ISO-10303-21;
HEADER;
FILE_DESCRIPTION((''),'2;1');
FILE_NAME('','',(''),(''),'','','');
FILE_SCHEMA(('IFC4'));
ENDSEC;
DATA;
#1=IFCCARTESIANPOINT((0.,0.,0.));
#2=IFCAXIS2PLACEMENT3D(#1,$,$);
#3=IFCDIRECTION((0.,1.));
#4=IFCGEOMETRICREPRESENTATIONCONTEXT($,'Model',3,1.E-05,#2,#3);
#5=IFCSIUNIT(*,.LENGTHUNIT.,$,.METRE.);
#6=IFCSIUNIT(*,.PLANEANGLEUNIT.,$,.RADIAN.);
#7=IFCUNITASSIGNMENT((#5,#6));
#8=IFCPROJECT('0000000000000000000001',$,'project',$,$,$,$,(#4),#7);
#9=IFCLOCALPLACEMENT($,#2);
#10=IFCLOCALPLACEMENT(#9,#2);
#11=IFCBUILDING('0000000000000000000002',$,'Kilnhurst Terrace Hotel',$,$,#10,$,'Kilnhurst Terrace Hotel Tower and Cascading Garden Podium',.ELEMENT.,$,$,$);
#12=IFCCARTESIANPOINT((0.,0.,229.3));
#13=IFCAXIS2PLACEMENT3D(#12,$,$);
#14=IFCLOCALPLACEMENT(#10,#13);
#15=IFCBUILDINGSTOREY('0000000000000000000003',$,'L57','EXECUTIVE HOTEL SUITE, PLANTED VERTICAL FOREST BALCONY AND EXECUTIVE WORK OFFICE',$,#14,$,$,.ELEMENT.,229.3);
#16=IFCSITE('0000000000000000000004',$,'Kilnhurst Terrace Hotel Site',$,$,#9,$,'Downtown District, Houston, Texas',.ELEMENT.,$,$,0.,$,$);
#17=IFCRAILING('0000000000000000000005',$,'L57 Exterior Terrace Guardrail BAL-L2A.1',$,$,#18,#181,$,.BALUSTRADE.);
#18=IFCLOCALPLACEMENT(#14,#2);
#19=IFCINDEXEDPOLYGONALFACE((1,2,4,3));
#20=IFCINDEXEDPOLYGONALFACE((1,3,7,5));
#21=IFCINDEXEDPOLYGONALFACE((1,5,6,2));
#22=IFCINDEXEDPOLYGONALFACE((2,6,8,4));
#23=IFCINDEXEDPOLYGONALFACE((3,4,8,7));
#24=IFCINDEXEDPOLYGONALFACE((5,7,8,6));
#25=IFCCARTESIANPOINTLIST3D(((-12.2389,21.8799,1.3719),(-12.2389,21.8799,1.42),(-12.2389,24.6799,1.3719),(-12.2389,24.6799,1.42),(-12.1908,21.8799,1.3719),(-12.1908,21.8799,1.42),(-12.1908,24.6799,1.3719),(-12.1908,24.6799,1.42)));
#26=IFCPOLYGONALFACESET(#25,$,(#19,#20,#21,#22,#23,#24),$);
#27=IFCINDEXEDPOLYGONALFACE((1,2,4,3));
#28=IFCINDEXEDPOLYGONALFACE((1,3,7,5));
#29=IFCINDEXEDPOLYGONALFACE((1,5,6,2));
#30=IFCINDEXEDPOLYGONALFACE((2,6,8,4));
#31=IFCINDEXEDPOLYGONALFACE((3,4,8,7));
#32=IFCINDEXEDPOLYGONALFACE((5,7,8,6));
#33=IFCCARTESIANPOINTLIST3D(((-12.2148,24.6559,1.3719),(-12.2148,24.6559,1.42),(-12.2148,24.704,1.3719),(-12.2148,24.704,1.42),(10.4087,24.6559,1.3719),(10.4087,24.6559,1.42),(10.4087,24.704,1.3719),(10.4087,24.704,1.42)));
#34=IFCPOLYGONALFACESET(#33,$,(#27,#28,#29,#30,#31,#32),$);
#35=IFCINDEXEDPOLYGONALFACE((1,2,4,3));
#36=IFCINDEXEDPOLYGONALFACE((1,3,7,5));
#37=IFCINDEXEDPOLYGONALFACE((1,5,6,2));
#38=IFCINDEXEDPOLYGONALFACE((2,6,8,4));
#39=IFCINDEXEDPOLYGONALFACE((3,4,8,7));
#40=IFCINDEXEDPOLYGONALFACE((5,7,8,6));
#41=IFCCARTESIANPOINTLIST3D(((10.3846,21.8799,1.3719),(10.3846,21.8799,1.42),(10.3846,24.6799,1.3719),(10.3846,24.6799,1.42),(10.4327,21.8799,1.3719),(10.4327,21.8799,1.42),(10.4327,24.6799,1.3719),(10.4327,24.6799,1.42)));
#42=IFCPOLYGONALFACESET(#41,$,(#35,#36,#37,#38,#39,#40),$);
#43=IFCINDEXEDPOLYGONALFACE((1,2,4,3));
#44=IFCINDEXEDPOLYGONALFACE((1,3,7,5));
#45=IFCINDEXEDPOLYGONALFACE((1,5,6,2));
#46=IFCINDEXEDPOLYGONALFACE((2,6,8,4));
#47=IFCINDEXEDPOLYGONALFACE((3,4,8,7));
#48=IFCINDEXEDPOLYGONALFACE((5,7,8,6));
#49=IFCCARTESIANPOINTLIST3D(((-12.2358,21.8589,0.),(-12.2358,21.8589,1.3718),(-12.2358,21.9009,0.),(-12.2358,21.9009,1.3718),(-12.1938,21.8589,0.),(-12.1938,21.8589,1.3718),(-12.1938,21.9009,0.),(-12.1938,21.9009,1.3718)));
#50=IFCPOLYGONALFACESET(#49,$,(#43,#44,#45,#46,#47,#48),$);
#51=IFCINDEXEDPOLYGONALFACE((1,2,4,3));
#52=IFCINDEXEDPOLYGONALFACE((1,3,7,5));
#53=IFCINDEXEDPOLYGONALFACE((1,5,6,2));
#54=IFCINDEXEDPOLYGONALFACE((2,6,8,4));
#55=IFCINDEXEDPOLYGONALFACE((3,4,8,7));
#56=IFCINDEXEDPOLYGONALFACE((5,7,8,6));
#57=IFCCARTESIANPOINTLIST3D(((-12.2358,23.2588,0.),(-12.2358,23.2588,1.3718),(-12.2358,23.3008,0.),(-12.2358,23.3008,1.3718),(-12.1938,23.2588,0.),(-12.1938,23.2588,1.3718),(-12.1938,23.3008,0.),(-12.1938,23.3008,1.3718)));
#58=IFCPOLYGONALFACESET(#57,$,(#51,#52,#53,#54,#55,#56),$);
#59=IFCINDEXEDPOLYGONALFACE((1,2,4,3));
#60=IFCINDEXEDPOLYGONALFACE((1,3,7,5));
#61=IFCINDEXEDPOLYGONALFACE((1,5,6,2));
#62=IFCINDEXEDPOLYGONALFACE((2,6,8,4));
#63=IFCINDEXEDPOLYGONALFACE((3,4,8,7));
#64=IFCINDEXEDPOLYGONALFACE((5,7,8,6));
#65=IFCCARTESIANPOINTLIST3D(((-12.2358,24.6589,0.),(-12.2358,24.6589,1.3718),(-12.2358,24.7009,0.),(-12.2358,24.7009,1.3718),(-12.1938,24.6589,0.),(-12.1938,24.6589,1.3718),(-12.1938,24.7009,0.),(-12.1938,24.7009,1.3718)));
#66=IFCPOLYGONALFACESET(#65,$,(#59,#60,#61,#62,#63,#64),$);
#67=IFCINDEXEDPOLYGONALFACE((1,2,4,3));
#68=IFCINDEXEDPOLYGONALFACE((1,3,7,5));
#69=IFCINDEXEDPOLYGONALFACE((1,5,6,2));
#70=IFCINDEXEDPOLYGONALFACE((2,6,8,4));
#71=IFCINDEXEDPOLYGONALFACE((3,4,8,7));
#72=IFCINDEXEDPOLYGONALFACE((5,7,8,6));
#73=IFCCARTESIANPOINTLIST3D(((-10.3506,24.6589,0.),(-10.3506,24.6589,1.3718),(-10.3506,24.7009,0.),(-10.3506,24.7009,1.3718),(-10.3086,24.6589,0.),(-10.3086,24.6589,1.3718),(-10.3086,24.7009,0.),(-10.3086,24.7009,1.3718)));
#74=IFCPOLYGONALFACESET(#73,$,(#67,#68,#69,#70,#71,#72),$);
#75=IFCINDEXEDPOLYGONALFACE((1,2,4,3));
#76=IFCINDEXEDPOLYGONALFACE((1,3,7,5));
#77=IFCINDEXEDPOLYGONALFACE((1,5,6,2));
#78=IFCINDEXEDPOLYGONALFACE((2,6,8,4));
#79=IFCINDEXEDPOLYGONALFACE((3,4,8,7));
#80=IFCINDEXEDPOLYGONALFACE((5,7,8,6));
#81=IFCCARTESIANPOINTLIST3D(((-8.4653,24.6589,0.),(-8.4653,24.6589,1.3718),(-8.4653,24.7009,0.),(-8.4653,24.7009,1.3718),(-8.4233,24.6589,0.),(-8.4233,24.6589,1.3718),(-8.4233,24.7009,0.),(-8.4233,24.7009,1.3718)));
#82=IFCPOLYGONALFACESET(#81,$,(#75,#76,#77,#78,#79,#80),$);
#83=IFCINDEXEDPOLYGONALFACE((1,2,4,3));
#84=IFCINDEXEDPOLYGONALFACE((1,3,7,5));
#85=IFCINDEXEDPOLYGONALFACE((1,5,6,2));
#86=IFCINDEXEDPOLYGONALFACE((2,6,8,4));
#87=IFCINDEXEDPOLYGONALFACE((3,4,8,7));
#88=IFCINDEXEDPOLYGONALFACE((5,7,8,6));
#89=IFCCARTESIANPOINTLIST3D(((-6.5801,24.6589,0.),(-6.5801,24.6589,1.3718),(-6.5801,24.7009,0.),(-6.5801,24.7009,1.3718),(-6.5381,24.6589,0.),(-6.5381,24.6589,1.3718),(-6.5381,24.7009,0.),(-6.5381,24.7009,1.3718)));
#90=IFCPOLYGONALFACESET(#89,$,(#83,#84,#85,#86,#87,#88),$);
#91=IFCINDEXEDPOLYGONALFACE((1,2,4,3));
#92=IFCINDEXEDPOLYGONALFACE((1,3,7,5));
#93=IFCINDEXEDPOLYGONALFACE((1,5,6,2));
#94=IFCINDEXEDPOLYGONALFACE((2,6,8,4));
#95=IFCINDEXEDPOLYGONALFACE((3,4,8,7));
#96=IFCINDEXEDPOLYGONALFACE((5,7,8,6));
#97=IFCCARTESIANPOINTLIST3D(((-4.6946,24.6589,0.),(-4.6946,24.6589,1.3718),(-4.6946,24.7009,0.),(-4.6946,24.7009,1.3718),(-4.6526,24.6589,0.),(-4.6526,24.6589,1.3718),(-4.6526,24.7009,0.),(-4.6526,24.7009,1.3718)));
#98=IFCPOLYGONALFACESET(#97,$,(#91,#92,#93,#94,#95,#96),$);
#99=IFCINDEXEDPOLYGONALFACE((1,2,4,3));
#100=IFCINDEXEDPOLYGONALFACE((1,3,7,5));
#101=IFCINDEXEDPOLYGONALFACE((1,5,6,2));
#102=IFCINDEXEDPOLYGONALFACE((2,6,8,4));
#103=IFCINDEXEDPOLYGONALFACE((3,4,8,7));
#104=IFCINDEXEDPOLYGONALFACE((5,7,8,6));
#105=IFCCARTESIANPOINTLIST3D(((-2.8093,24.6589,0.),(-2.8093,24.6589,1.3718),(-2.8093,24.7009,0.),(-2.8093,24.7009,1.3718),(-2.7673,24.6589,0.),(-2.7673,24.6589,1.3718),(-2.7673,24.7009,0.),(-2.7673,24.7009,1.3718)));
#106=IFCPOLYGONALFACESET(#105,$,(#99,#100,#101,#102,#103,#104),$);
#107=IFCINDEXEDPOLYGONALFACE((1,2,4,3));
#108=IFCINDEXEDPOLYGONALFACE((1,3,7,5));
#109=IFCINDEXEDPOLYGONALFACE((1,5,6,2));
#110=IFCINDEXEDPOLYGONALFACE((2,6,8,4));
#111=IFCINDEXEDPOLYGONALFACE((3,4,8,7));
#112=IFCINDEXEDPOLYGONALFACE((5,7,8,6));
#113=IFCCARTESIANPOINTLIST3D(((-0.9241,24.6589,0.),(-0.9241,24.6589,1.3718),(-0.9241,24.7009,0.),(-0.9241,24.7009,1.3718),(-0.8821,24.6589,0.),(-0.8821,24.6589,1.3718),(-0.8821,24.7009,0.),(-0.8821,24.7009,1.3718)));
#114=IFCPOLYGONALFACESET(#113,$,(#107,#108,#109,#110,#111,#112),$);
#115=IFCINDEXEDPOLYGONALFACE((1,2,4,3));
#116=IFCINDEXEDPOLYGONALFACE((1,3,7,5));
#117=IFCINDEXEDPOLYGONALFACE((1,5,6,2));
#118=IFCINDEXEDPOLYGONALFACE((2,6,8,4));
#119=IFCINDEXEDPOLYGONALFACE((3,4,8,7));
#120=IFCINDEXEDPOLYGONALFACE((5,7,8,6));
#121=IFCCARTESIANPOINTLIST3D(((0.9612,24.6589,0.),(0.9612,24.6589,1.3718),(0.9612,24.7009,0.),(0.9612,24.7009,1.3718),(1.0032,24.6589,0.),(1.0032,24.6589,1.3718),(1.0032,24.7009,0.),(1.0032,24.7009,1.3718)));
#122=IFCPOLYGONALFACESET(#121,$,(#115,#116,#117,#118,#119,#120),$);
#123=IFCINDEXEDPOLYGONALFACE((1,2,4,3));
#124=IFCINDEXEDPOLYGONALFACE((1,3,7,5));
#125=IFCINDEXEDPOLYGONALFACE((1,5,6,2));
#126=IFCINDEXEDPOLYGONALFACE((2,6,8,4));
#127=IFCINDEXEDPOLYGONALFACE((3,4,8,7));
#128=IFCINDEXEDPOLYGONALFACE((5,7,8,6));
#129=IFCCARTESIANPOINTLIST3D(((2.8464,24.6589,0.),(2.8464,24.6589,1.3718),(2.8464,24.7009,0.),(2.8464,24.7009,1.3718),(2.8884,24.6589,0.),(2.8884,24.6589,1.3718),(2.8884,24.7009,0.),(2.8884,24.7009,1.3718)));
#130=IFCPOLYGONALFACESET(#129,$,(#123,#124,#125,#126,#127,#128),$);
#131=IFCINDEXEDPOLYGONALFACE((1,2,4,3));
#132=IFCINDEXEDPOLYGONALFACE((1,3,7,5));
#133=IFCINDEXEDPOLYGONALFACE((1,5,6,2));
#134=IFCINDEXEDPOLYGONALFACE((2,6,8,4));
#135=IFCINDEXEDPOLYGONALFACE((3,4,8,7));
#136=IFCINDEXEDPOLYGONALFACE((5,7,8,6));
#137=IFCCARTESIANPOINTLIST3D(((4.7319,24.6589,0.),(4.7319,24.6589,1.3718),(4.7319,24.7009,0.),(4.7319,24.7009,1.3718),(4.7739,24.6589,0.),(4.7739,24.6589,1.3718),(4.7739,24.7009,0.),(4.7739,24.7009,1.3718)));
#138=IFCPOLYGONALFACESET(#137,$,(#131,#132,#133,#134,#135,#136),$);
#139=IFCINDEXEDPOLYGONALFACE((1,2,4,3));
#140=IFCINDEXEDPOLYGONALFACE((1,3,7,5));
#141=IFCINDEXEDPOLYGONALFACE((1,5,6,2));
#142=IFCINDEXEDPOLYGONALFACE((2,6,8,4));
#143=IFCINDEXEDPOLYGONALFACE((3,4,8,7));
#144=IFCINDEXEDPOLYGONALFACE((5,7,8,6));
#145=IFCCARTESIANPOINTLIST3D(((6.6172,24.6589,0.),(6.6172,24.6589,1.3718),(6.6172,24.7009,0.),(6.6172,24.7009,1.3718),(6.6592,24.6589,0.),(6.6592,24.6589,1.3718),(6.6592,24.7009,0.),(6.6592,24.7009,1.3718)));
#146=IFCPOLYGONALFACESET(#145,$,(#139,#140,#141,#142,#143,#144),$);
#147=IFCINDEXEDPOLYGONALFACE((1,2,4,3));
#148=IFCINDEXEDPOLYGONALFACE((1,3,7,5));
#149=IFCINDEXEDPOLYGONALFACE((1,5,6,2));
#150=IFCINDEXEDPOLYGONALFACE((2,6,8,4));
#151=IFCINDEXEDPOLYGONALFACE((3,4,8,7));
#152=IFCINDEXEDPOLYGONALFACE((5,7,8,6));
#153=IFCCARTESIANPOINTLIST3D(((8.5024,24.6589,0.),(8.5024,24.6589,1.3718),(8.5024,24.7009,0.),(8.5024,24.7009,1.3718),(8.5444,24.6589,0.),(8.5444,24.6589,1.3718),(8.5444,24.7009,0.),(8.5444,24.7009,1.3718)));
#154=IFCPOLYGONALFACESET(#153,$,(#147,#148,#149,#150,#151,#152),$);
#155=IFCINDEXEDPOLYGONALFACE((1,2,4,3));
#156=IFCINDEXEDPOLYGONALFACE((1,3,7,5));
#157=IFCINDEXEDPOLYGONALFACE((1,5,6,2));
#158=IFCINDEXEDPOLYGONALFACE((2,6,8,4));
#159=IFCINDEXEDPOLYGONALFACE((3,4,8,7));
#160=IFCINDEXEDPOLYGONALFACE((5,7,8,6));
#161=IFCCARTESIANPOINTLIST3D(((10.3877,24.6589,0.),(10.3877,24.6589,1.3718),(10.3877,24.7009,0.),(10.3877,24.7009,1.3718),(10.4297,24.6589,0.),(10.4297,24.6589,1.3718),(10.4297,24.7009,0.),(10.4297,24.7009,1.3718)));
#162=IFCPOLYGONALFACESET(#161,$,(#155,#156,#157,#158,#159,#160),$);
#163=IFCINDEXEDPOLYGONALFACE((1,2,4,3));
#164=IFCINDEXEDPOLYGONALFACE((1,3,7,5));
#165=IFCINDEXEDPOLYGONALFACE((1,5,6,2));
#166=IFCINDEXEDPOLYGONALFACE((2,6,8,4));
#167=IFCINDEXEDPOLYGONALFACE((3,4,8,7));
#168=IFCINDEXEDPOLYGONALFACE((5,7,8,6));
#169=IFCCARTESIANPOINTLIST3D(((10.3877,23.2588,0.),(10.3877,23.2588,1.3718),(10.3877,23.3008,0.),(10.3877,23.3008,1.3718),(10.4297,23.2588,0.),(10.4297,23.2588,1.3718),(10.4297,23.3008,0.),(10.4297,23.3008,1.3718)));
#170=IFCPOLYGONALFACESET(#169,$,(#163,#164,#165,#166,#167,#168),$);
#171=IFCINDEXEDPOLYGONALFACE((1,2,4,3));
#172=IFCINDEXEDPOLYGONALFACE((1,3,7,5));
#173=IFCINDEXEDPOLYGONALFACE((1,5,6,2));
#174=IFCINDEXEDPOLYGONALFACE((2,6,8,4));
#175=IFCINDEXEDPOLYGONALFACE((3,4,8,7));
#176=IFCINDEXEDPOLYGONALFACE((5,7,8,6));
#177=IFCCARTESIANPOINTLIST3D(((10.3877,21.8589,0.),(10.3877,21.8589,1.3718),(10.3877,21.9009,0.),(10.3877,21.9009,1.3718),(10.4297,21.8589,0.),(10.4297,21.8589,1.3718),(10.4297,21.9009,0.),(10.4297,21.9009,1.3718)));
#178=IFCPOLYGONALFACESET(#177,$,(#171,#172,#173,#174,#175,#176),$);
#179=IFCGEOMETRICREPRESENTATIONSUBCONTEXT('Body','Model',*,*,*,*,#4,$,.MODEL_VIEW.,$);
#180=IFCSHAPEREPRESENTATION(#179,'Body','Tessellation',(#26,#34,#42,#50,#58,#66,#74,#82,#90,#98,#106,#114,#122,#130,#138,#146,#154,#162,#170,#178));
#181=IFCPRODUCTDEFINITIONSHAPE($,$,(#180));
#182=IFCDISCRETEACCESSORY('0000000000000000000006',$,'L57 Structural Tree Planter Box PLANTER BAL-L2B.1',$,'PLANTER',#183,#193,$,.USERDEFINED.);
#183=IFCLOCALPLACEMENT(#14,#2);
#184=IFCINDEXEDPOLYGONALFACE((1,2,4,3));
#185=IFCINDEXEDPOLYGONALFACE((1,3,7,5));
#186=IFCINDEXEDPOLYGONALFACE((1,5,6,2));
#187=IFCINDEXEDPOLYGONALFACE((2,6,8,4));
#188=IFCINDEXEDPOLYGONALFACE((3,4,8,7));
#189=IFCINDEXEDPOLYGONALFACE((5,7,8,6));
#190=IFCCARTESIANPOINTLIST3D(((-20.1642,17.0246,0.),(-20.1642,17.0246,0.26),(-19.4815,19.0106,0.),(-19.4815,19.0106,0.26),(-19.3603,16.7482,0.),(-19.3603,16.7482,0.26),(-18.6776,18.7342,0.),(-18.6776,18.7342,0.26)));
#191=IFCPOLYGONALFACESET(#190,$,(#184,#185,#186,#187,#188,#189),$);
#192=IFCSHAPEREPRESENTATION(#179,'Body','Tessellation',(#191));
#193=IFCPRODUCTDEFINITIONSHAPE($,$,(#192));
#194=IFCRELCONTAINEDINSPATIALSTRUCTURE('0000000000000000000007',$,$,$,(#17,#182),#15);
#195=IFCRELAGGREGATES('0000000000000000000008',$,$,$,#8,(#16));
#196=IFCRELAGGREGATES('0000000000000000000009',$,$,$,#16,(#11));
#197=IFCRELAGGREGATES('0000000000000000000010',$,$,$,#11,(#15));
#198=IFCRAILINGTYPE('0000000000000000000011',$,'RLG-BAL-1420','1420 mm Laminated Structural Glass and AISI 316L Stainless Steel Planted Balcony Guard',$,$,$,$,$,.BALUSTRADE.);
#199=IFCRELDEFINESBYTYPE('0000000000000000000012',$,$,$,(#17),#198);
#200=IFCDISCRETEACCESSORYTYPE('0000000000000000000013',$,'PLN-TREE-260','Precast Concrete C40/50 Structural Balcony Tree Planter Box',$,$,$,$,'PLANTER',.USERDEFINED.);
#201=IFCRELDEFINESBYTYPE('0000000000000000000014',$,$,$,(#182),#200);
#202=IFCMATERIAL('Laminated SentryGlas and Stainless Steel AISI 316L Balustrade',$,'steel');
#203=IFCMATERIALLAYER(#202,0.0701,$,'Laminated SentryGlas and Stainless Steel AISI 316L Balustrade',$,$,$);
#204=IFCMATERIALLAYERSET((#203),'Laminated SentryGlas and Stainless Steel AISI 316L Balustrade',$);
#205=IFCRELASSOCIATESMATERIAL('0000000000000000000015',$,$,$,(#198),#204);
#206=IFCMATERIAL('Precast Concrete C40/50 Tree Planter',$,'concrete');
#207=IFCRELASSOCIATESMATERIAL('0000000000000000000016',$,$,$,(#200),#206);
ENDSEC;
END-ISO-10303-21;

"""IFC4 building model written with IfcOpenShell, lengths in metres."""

from ifc_helpers import new_model, si_unit, direction, frame, origin, origin_2d, place, context, subcontext, project, spatial, rectangle, extrude, material, layer, layer_set, type_object, element, save


model = new_model("IFC4")

# Units and contexts
model_context = context("Model", 3, precision=1e-05, world=origin(), true_north=direction((0.0, 1.0)))
body_context = subcontext(model_context, "Body", "Model", "MODEL_VIEW")
ifc_project = project(units=[si_unit("LENGTHUNIT", "METRE"), si_unit("PLANEANGLEUNIT", "RADIAN")], contexts=[model_context])

# Site, building, storey
site_placement = place(None, origin())
site = spatial("IfcSite", under=ifc_project, at=site_placement, Name="Kilnhurst Terrace Hotel Site", LongName="Downtown District, Houston, Texas", CompositionType="ELEMENT", RefElevation=0.0)
building_placement = place(site_placement, origin())
building = spatial("IfcBuilding", under=site, at=building_placement, Name="Kilnhurst Terrace Hotel", LongName="Kilnhurst Terrace Hotel Tower and Cascading Garden Podium", CompositionType="ELEMENT")
storey_placement = place(building_placement, frame((0.0, 0.0, 229.3)))
storey = spatial("IfcBuildingStorey", under=building, at=storey_placement, Name="L57", Description="EXECUTIVE HOTEL SUITE, PLANTED VERTICAL FOREST BALCONY AND EXECUTIVE WORK OFFICE", CompositionType="ELEMENT", Elevation=229.3)

# Railing
ifc_material_1 = material(Name="Laminated SentryGlas and Stainless Steel AISI 316L Balustrade", Category="steel")
ifc_layer_1 = layer(ifc_material_1, 0.0701, Name="Laminated SentryGlas and Stainless Steel AISI 316L Balustrade")
ifc_layer_set_1 = layer_set([ifc_layer_1], Name="Laminated SentryGlas and Stainless Steel AISI 316L Balustrade")
railing_type = type_object("IfcRailingType", Name="RLG-BAL-1420", Description="1420 mm Laminated Structural Glass and AISI 316L Stainless Steel Planted Balcony Guard", PredefinedType="BALUSTRADE", material=ifc_layer_set_1)
railing_placement = place(storey_placement, frame((-12.2148, 21.8799, 0.0)))
element("IfcRailing", 1, at=railing_placement, inside=storey, type_object=railing_type, Name="L57 Exterior Terrace Guardrail BAL-L2A.1", PredefinedType="BALUSTRADE", context=body_context, shape_type="SweptSolid", body=[
    extrude(rectangle(XDim=0.0481, YDim=0.0481, at=origin_2d()), frame((0.0, 0.0, 1.396), z_axis=(0.0, 1.0, 0.0), x_axis=(-1.0, 0.0, 0.0)), (0.0, 0.0, 1.0), 2.8),
    extrude(rectangle(XDim=0.0481, YDim=0.0481, at=origin_2d()), frame((0.0, 2.8, 1.396), z_axis=(1.0, 0.0, 0.0), x_axis=(0.0, 1.0, 0.0)), (0.0, 0.0, 1.0), 22.6235),
    extrude(rectangle(XDim=0.0481, YDim=0.0481, at=origin_2d()), frame((22.6235, 2.8, 1.396), z_axis=(0.0, -1.0, 0.0), x_axis=(1.0, 0.0, 0.0)), (0.0, 0.0, 1.0), 2.8),
    extrude(rectangle(XDim=0.042, YDim=0.042, at=origin_2d()), origin(), (0.0, 0.0, 1.0), 1.3718),
    extrude(rectangle(XDim=0.042, YDim=0.042, at=origin_2d()), frame((0.0, 1.3999, 0.0)), (0.0, 0.0, 1.0), 1.3718),
    extrude(rectangle(XDim=0.042, YDim=0.042, at=origin_2d()), frame((0.0, 2.8, 0.0)), (0.0, 0.0, 1.0), 1.3718),
    extrude(rectangle(XDim=0.042, YDim=0.042, at=origin_2d()), frame((1.8853, 2.8, 0.0)), (0.0, 0.0, 1.0), 1.3718),
    extrude(rectangle(XDim=0.042, YDim=0.042, at=origin_2d()), frame((3.7705, 2.8, 0.0)), (0.0, 0.0, 1.0), 1.3718),
    extrude(rectangle(XDim=0.042, YDim=0.042, at=origin_2d()), frame((5.6558, 2.8, 0.0)), (0.0, 0.0, 1.0), 1.3718),
    extrude(rectangle(XDim=0.042, YDim=0.042, at=origin_2d()), frame((7.5413, 2.8, 0.0)), (0.0, 0.0, 1.0), 1.3718),
    extrude(rectangle(XDim=0.042, YDim=0.042, at=origin_2d()), frame((9.4265, 2.8, 0.0)), (0.0, 0.0, 1.0), 1.3718),
    extrude(rectangle(XDim=0.042, YDim=0.042, at=origin_2d()), frame((11.3118, 2.8, 0.0)), (0.0, 0.0, 1.0), 1.3718),
    extrude(rectangle(XDim=0.042, YDim=0.042, at=origin_2d()), frame((13.197, 2.8, 0.0)), (0.0, 0.0, 1.0), 1.3718),
    extrude(rectangle(XDim=0.042, YDim=0.042, at=origin_2d()), frame((15.0823, 2.8, 0.0)), (0.0, 0.0, 1.0), 1.3718),
    extrude(rectangle(XDim=0.042, YDim=0.042, at=origin_2d()), frame((16.9678, 2.8, 0.0)), (0.0, 0.0, 1.0), 1.3718),
    extrude(rectangle(XDim=0.042, YDim=0.042, at=origin_2d()), frame((18.853, 2.8, 0.0)), (0.0, 0.0, 1.0), 1.3718),
    extrude(rectangle(XDim=0.042, YDim=0.042, at=origin_2d()), frame((20.7383, 2.8, 0.0)), (0.0, 0.0, 1.0), 1.3718),
    extrude(rectangle(XDim=0.042, YDim=0.042, at=origin_2d()), frame((22.6235, 2.8, 0.0)), (0.0, 0.0, 1.0), 1.3718),
    extrude(rectangle(XDim=0.042, YDim=0.042, at=origin_2d()), frame((22.6235, 1.3999, 0.0)), (0.0, 0.0, 1.0), 1.3718),
    extrude(rectangle(XDim=0.042, YDim=0.042, at=origin_2d()), frame((22.6235, 0.0, 0.0)), (0.0, 0.0, 1.0), 1.3718),
])

# Discrete accessory
ifc_material_2 = material(Name="Precast Concrete C40/50 Tree Planter", Category="concrete")
discrete_accessory_type = type_object("IfcDiscreteAccessoryType", Name="PLN-TREE-260", Description="Precast Concrete C40/50 Structural Balcony Tree Planter Box", ElementType="PLANTER", PredefinedType="USERDEFINED", material=ifc_material_2)
discrete_accessory_placement = place(storey_placement, frame((-19.4209, 17.8794, 0.0), z_axis=(0.0, 0.0, 1.0), x_axis=(-0.32509, -0.945683, 0.0)))
element("IfcDiscreteAccessory", 2, at=discrete_accessory_placement, inside=storey, type_object=discrete_accessory_type, Name="L57 Structural Tree Planter Box PLANTER BAL-L2B.1", ObjectType="PLANTER", PredefinedType="USERDEFINED", context=body_context, shape_type="SweptSolid", body=[
    extrude(rectangle(XDim=2.1001, YDim=0.8501, at=origin_2d()), origin(), (0.0, 0.0, 1.0), 0.26),
])

save(model, "model.ifc")
